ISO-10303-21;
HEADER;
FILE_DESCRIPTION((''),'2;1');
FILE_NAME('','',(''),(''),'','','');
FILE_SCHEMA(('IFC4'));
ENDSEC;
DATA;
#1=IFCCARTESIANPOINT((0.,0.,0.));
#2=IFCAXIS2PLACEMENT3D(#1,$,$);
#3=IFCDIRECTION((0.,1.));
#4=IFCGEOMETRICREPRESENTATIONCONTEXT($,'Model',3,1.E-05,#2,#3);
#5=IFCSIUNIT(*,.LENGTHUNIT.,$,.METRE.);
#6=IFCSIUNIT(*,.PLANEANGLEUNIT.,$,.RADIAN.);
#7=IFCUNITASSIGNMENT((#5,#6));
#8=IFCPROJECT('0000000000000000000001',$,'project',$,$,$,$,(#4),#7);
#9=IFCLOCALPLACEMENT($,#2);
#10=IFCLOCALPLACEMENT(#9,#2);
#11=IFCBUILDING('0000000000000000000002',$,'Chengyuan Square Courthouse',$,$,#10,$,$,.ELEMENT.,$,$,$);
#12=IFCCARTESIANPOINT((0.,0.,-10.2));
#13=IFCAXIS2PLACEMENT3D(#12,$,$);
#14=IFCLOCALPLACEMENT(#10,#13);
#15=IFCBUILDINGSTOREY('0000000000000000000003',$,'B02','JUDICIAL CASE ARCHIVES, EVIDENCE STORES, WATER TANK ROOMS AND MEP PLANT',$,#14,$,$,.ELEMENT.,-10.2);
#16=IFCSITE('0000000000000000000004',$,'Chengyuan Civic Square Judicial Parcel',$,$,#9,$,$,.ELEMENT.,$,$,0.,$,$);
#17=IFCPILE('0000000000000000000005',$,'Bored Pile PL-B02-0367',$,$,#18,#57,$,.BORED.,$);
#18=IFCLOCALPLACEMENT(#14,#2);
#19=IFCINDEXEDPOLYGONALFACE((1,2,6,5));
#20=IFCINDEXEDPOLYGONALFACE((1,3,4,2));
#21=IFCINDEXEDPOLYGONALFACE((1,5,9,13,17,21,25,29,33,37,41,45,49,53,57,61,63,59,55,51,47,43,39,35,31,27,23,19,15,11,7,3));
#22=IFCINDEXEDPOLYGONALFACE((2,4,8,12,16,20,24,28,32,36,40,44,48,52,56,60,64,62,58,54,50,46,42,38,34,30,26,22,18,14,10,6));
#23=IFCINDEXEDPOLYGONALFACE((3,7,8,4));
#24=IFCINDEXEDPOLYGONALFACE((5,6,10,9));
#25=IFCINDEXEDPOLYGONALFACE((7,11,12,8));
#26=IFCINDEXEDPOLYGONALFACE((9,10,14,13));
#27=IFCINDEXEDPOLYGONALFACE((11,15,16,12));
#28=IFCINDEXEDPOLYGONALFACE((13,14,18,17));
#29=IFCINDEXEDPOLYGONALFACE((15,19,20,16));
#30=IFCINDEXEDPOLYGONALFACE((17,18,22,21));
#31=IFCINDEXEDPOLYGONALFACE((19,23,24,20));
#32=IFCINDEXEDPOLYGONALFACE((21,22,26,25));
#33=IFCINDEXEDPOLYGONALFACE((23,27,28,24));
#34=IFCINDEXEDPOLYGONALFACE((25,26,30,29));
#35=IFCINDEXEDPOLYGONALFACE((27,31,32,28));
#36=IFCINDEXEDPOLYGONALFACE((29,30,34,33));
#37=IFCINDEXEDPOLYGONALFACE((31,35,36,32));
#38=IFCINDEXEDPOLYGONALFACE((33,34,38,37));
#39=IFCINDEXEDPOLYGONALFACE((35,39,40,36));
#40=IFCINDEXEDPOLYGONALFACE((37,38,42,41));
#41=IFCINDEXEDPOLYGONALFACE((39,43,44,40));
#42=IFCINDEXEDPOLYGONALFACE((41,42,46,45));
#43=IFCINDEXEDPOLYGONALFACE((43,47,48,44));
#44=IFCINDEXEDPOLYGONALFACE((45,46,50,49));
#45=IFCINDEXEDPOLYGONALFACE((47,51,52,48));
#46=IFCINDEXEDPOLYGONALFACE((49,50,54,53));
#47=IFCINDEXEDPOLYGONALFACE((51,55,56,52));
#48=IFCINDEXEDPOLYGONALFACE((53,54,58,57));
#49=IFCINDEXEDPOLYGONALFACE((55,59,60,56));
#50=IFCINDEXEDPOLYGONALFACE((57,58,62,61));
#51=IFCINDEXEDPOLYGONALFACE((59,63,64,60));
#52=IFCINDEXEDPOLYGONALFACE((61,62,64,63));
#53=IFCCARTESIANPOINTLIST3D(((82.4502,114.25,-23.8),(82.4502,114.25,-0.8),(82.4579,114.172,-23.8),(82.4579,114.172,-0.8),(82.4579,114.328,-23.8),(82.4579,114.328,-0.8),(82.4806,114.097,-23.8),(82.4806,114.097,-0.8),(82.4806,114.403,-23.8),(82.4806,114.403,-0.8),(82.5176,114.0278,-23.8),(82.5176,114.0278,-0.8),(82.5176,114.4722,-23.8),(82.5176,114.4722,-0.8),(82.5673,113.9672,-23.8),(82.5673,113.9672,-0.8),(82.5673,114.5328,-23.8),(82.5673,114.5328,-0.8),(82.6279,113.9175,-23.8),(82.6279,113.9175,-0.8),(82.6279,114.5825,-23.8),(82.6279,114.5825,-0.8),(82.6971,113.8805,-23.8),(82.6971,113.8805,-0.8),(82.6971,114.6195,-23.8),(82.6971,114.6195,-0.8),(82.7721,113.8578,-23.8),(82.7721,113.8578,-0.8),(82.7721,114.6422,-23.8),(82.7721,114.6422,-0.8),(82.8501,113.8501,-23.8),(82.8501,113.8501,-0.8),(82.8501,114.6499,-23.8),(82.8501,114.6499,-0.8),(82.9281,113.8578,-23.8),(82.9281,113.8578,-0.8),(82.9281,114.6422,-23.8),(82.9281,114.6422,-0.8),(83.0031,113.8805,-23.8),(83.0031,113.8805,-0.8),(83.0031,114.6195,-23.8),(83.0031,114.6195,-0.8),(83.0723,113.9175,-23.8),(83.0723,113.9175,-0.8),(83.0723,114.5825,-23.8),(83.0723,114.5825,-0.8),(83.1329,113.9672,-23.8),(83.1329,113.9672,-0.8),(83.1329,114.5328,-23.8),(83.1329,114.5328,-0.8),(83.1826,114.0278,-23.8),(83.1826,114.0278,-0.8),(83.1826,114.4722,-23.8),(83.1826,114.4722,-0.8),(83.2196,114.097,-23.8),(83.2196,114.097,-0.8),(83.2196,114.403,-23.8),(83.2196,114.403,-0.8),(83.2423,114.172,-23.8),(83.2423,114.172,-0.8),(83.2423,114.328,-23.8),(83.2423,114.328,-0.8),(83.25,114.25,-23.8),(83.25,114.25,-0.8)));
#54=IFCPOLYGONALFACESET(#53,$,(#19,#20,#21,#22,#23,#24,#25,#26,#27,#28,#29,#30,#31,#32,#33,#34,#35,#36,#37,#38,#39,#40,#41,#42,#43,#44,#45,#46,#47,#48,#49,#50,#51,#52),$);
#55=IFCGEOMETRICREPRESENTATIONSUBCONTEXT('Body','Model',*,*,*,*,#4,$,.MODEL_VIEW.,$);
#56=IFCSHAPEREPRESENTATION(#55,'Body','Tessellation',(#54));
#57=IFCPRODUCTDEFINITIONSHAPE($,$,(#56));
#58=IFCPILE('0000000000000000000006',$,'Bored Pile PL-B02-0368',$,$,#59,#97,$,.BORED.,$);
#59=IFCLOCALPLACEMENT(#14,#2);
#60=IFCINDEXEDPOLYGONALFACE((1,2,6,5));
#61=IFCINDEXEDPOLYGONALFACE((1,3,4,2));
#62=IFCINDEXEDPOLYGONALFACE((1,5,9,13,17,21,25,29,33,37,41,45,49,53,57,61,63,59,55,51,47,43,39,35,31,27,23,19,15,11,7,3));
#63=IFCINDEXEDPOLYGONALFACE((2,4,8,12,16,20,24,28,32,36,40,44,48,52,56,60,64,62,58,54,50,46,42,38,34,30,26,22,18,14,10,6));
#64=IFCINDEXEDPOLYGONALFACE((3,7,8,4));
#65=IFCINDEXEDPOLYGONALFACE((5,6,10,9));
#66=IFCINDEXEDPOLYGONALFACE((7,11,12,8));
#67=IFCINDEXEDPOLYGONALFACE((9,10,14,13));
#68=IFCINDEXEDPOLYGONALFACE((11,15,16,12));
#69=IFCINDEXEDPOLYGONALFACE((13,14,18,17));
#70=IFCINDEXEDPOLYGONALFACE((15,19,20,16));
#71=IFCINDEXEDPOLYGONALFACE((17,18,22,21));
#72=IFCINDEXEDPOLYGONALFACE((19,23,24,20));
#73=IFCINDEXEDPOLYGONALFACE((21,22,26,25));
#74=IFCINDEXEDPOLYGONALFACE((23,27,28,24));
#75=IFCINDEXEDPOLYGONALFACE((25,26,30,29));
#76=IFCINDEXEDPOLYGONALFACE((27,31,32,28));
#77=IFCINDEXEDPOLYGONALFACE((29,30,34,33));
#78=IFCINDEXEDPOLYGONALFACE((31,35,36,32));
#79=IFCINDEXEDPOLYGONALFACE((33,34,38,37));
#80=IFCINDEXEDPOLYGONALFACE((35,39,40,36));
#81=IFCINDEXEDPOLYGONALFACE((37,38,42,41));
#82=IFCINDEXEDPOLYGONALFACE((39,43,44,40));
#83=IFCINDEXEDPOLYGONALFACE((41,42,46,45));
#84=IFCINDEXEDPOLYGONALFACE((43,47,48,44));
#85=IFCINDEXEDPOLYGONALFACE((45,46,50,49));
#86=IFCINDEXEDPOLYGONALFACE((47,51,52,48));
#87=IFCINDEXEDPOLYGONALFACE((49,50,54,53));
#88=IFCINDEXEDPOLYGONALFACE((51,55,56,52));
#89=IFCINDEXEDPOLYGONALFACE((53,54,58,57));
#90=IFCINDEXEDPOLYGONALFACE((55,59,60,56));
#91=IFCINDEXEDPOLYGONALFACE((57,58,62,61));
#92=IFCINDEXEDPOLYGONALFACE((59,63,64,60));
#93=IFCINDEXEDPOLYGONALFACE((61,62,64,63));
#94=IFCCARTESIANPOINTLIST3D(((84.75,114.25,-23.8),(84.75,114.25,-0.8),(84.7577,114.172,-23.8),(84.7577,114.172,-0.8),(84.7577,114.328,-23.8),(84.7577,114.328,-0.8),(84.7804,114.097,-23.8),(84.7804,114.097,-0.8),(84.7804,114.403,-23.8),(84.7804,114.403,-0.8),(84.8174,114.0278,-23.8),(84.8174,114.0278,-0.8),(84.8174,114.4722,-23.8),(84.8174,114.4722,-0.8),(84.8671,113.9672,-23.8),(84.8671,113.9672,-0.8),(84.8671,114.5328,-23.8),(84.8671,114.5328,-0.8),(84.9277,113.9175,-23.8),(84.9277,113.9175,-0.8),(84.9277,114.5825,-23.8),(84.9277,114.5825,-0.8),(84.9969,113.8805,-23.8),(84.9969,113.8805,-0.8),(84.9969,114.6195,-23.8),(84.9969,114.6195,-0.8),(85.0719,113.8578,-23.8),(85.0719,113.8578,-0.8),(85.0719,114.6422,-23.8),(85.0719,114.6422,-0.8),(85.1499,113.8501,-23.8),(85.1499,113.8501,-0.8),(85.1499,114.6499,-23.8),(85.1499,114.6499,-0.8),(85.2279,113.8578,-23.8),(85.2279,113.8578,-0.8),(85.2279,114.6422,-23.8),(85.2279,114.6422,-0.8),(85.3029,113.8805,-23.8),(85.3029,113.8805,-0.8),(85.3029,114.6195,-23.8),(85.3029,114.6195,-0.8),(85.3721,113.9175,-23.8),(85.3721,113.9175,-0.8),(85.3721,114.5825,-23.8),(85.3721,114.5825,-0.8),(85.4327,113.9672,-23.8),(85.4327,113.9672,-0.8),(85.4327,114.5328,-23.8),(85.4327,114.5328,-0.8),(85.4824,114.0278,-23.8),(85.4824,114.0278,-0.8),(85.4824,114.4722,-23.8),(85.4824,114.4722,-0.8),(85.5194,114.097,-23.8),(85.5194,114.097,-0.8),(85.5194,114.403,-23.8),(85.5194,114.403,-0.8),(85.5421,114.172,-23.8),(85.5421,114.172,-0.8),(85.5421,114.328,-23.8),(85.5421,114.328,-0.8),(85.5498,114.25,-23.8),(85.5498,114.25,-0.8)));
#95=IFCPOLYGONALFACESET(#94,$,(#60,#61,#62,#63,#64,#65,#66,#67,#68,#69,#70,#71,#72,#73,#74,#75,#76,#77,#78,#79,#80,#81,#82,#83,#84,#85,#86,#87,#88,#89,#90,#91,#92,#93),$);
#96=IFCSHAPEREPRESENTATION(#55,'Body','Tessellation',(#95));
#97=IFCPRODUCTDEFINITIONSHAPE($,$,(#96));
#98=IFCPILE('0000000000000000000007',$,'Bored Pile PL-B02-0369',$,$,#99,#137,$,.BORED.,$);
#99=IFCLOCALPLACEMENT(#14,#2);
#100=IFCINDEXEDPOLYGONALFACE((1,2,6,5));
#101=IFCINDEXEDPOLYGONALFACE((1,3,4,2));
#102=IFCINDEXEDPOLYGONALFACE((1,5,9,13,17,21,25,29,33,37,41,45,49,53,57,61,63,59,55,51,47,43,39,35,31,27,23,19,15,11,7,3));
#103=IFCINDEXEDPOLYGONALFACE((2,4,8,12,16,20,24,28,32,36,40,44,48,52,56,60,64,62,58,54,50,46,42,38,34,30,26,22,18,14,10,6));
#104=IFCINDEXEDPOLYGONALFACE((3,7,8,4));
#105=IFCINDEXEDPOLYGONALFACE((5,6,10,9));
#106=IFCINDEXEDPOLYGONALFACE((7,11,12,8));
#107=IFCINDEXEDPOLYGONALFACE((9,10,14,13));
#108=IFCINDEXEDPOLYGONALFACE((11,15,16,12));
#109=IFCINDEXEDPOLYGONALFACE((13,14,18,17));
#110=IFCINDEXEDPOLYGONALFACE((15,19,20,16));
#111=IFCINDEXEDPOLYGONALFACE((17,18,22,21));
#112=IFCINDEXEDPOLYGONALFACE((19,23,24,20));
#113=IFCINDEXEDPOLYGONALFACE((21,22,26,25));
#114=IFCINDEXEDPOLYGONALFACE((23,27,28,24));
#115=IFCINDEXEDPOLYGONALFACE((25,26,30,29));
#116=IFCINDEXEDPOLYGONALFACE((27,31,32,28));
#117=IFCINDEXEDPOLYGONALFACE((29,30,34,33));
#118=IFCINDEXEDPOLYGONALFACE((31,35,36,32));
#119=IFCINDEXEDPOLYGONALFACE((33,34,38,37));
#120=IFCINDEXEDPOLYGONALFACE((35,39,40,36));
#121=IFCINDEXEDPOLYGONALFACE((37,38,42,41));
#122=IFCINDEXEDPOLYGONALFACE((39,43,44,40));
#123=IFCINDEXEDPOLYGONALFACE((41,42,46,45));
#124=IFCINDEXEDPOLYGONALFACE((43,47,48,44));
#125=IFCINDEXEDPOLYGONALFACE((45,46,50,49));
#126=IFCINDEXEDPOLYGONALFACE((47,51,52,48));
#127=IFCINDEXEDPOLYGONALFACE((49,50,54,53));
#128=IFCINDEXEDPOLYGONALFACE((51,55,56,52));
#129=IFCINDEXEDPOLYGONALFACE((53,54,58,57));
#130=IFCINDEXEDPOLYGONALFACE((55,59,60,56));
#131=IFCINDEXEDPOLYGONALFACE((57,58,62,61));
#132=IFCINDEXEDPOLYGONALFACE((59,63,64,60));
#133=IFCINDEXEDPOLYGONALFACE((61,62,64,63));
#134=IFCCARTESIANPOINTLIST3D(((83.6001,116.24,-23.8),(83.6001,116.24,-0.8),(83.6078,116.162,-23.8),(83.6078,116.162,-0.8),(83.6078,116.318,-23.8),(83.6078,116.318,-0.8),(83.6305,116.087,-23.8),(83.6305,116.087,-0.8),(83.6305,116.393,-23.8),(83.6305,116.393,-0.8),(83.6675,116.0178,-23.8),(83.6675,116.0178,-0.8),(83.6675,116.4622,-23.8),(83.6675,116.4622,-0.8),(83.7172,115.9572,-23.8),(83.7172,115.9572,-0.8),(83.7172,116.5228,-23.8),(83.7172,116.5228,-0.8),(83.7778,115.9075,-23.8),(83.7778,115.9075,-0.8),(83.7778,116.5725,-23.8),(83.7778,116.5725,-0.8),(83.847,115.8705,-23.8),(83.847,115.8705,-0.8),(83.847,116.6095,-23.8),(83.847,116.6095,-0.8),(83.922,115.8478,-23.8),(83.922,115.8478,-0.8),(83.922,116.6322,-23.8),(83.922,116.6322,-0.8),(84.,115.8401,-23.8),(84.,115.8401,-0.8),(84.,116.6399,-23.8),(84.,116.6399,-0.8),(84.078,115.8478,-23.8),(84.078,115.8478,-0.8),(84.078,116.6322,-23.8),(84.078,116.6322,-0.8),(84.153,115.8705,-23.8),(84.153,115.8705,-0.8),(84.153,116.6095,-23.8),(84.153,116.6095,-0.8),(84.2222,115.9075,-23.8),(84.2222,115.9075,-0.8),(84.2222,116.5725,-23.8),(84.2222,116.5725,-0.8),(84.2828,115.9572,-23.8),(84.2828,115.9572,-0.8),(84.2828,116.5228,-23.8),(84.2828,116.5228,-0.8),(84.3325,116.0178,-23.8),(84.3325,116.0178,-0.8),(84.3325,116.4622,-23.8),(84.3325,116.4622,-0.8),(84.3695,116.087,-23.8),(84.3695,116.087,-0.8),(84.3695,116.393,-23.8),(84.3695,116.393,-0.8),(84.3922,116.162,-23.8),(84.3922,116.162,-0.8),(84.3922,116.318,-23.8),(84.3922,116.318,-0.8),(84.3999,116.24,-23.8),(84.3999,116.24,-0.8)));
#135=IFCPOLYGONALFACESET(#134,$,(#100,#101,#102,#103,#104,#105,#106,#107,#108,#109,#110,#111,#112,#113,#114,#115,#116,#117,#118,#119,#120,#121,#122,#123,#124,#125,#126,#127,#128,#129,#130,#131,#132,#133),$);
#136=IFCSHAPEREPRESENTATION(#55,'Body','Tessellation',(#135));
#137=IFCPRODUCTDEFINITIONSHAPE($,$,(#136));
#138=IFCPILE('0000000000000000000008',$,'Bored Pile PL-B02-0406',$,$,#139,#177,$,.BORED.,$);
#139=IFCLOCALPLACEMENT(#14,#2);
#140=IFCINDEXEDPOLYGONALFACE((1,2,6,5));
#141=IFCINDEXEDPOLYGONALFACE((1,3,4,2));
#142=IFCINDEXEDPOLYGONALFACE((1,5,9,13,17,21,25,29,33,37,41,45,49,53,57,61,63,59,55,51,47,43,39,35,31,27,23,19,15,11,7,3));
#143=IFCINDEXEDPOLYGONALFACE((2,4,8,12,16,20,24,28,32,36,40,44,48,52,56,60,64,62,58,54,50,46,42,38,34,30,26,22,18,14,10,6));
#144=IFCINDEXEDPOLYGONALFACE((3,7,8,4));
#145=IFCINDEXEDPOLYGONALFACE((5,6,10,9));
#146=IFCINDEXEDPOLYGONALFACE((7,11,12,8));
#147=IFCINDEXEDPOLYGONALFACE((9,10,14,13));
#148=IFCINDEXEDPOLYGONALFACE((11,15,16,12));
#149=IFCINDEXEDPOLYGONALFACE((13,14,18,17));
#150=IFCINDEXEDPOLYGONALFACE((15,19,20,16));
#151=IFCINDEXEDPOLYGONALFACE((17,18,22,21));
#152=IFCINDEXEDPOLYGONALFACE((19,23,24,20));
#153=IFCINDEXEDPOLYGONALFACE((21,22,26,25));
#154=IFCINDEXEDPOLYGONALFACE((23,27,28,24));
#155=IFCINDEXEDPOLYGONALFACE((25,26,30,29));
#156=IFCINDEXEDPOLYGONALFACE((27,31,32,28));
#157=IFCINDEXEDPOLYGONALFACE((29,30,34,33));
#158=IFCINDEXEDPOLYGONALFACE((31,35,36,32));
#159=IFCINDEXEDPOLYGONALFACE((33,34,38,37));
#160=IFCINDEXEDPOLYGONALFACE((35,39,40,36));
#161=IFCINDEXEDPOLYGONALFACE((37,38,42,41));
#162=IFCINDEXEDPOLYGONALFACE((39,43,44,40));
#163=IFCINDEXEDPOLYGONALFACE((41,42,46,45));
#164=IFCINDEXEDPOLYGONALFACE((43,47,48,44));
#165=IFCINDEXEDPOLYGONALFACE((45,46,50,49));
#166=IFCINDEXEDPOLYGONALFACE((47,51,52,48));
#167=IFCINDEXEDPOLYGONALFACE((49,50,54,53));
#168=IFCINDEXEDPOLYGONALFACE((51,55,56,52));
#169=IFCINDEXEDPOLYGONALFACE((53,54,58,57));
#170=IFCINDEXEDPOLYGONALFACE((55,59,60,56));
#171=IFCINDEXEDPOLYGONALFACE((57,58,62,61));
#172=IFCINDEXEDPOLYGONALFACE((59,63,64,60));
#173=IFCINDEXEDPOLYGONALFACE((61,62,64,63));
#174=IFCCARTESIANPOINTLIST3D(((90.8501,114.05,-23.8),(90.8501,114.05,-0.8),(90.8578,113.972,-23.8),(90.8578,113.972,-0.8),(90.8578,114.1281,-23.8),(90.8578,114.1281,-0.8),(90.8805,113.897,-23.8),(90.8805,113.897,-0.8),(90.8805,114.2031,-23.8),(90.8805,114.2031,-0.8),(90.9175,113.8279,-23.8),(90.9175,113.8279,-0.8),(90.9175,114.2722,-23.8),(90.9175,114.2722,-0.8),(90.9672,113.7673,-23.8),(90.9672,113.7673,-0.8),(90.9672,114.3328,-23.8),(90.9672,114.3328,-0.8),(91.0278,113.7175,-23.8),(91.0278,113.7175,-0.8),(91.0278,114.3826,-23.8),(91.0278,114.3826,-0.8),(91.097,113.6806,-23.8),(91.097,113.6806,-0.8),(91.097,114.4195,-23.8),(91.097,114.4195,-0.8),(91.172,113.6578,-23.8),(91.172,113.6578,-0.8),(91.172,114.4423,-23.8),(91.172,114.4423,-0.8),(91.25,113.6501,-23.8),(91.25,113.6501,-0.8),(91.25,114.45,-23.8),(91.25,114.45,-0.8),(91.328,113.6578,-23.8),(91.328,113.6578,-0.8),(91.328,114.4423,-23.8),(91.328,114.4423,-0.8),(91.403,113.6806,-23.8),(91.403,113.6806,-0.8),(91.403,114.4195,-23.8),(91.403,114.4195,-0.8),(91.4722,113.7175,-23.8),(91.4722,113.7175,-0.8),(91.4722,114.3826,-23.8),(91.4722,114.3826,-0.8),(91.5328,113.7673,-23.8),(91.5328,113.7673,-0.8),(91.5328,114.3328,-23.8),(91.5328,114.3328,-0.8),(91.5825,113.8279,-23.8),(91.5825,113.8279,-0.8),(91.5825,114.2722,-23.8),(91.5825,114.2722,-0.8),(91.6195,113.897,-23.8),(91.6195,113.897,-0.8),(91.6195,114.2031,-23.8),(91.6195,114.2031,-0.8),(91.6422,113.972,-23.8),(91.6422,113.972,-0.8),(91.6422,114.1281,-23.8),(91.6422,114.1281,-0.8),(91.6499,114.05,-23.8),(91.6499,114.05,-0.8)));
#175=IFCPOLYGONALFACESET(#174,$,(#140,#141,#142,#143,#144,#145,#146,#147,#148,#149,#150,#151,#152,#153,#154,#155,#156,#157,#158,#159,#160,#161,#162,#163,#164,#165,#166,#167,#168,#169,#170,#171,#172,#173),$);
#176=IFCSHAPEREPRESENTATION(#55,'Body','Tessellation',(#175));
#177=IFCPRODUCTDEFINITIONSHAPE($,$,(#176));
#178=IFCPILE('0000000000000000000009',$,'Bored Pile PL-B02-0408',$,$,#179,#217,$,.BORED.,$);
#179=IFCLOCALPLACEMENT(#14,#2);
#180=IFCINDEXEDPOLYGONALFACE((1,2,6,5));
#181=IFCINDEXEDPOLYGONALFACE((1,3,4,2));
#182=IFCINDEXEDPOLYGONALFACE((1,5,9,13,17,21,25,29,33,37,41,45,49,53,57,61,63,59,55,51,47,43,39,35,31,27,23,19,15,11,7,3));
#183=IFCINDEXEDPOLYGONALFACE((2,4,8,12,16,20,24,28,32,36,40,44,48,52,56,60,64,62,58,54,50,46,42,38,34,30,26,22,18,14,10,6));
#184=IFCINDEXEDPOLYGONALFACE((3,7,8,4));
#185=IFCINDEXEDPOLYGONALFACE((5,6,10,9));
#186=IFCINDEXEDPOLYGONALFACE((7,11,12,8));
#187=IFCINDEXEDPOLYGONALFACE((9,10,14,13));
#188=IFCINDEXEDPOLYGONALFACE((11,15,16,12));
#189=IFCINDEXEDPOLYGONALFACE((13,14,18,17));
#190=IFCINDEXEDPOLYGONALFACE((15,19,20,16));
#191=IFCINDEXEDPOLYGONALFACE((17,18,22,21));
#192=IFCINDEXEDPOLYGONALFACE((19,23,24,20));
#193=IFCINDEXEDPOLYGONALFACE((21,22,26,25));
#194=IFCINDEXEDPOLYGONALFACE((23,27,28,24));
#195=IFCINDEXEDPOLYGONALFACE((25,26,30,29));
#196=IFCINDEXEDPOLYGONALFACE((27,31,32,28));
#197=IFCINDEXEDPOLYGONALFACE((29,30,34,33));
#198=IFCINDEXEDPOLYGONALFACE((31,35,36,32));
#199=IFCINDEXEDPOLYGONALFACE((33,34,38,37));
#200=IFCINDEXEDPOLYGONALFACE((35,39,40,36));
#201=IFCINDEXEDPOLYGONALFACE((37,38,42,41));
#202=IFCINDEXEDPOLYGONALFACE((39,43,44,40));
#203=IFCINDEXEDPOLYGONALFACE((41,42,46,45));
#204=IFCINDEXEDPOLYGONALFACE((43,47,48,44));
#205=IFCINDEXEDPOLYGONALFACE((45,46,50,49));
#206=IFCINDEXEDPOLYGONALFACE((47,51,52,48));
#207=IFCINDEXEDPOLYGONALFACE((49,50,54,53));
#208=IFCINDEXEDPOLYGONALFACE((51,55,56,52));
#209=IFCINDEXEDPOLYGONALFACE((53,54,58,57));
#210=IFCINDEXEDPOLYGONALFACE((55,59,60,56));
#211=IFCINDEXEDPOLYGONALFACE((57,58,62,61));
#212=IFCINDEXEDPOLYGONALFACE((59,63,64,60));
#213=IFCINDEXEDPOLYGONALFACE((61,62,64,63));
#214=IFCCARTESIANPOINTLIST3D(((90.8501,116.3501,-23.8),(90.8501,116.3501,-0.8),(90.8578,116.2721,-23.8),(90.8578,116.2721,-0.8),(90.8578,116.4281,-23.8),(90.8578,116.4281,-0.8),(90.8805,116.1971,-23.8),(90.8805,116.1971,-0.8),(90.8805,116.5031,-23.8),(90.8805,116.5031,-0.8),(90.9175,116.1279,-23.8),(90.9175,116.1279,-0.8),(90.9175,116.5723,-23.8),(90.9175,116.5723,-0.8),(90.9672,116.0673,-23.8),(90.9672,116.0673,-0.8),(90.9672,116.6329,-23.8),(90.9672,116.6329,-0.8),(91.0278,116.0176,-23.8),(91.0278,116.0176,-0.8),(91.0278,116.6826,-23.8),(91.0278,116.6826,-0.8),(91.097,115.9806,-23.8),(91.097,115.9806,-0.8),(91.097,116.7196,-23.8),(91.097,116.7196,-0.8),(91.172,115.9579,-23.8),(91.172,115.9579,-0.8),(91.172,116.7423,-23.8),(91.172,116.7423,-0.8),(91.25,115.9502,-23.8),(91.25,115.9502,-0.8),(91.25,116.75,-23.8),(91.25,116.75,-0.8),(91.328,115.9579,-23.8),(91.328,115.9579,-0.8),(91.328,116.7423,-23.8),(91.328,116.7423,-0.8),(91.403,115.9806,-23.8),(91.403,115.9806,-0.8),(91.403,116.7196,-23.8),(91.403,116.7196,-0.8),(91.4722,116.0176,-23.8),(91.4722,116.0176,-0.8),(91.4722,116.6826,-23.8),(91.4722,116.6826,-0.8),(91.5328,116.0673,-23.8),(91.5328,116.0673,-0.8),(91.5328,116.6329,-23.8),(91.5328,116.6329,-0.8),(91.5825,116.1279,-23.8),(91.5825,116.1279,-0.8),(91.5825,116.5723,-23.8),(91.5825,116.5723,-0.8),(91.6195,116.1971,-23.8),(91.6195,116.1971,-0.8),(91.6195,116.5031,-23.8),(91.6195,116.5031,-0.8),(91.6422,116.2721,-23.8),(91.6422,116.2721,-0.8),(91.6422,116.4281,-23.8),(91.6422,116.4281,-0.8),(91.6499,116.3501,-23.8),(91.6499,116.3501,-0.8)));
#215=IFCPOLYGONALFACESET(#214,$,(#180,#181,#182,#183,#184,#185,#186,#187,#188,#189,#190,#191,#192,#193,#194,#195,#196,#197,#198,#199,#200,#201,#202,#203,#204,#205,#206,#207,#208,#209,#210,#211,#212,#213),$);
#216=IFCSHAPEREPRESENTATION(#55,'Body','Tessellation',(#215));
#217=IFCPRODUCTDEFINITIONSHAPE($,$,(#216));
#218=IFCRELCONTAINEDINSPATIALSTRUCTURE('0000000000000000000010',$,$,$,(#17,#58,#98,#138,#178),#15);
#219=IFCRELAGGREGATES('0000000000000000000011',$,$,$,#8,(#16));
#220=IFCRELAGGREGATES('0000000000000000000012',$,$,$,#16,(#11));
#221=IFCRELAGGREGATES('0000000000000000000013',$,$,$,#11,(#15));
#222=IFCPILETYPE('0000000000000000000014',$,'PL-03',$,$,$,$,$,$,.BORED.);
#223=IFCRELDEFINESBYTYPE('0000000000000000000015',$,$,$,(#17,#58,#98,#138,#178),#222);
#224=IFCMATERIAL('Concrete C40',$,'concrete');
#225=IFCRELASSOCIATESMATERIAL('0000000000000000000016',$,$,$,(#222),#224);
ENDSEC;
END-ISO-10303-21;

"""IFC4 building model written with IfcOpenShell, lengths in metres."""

from ifc_helpers import new_model, si_unit, direction, frame, origin, origin_2d, place, context, subcontext, project, spatial, circle, extrude, material, material_profile, profile_set, type_object, element, save


model = new_model("IFC4")

# Units and contexts
model_context = context("Model", 3, precision=1e-05, world=origin(), true_north=direction((0.0, 1.0)))
body_context = subcontext(model_context, "Body", "Model", "MODEL_VIEW")
ifc_project = project(units=[si_unit("LENGTHUNIT", "METRE"), si_unit("PLANEANGLEUNIT", "RADIAN")], contexts=[model_context])

# Site, building, storey
site_placement = place(None, origin())
site = spatial("IfcSite", under=ifc_project, at=site_placement, Name="Chengyuan Civic Square Judicial Parcel", CompositionType="ELEMENT", RefElevation=0.0)
building_placement = place(site_placement, origin())
building = spatial("IfcBuilding", under=site, at=building_placement, Name="Chengyuan Square Courthouse", CompositionType="ELEMENT")
storey_placement = place(building_placement, frame((0.0, 0.0, -10.2)))
storey = spatial("IfcBuildingStorey", under=building, at=storey_placement, Name="B02", Description="JUDICIAL CASE ARCHIVES, EVIDENCE STORES, WATER TANK ROOMS AND MEP PLANT", CompositionType="ELEMENT", Elevation=-10.2)

# Shared definitions
ifc_material_1 = material(Name="Concrete C40", Category="concrete")

# Piles
ifc_material_profile_1 = material_profile(ifc_material_1, circle(Radius=0.3999, at=origin_2d()), Name="BORED PILE D800")
ifc_profile_set_1 = profile_set([ifc_material_profile_1], Name="Concrete C40")
pile_type_1 = type_object("IfcPileType", Name="PL-03", PredefinedType="BORED", material=ifc_profile_set_1)
for number, where, z_axis, x_axis, name in (
    (1, (82.8501, 114.25, -0.8), (0.0, 0.0, -1.0), (1.0, 0.0, 0.0), "Bored Pile PL-B02-0367"),
    (2, (85.1499, 114.25, -0.8), (0.0, 0.0, -1.0), (1.0, 0.0, 0.0), "Bored Pile PL-B02-0368"),
    (3, (84.0, 116.24, -0.8), (0.0, 0.0, -1.0), (1.0, 0.0, 0.0), "Bored Pile PL-B02-0369"),
    (4, (91.25, 114.05, -0.8), (0.0, 0.0, -1.0), (1.0, 0.0, 0.0), "Bored Pile PL-B02-0406"),
    (5, (91.25, 116.3501, -0.8), (0.0, 0.0, -1.0), (1.0, 0.0, 0.0), "Bored Pile PL-B02-0408"),
):
    element("IfcPile", number, at=place(storey_placement, frame(where, z_axis=z_axis, x_axis=x_axis)), inside=storey, type_object=pile_type_1, Name=name, PredefinedType="BORED", context=body_context, shape_type="SweptSolid", body=[
        extrude(circle(Radius=0.3999, at=origin_2d()), origin(), (0.0, 0.0, 1.0), 23.0),
    ])

save(model, "model.ifc")
